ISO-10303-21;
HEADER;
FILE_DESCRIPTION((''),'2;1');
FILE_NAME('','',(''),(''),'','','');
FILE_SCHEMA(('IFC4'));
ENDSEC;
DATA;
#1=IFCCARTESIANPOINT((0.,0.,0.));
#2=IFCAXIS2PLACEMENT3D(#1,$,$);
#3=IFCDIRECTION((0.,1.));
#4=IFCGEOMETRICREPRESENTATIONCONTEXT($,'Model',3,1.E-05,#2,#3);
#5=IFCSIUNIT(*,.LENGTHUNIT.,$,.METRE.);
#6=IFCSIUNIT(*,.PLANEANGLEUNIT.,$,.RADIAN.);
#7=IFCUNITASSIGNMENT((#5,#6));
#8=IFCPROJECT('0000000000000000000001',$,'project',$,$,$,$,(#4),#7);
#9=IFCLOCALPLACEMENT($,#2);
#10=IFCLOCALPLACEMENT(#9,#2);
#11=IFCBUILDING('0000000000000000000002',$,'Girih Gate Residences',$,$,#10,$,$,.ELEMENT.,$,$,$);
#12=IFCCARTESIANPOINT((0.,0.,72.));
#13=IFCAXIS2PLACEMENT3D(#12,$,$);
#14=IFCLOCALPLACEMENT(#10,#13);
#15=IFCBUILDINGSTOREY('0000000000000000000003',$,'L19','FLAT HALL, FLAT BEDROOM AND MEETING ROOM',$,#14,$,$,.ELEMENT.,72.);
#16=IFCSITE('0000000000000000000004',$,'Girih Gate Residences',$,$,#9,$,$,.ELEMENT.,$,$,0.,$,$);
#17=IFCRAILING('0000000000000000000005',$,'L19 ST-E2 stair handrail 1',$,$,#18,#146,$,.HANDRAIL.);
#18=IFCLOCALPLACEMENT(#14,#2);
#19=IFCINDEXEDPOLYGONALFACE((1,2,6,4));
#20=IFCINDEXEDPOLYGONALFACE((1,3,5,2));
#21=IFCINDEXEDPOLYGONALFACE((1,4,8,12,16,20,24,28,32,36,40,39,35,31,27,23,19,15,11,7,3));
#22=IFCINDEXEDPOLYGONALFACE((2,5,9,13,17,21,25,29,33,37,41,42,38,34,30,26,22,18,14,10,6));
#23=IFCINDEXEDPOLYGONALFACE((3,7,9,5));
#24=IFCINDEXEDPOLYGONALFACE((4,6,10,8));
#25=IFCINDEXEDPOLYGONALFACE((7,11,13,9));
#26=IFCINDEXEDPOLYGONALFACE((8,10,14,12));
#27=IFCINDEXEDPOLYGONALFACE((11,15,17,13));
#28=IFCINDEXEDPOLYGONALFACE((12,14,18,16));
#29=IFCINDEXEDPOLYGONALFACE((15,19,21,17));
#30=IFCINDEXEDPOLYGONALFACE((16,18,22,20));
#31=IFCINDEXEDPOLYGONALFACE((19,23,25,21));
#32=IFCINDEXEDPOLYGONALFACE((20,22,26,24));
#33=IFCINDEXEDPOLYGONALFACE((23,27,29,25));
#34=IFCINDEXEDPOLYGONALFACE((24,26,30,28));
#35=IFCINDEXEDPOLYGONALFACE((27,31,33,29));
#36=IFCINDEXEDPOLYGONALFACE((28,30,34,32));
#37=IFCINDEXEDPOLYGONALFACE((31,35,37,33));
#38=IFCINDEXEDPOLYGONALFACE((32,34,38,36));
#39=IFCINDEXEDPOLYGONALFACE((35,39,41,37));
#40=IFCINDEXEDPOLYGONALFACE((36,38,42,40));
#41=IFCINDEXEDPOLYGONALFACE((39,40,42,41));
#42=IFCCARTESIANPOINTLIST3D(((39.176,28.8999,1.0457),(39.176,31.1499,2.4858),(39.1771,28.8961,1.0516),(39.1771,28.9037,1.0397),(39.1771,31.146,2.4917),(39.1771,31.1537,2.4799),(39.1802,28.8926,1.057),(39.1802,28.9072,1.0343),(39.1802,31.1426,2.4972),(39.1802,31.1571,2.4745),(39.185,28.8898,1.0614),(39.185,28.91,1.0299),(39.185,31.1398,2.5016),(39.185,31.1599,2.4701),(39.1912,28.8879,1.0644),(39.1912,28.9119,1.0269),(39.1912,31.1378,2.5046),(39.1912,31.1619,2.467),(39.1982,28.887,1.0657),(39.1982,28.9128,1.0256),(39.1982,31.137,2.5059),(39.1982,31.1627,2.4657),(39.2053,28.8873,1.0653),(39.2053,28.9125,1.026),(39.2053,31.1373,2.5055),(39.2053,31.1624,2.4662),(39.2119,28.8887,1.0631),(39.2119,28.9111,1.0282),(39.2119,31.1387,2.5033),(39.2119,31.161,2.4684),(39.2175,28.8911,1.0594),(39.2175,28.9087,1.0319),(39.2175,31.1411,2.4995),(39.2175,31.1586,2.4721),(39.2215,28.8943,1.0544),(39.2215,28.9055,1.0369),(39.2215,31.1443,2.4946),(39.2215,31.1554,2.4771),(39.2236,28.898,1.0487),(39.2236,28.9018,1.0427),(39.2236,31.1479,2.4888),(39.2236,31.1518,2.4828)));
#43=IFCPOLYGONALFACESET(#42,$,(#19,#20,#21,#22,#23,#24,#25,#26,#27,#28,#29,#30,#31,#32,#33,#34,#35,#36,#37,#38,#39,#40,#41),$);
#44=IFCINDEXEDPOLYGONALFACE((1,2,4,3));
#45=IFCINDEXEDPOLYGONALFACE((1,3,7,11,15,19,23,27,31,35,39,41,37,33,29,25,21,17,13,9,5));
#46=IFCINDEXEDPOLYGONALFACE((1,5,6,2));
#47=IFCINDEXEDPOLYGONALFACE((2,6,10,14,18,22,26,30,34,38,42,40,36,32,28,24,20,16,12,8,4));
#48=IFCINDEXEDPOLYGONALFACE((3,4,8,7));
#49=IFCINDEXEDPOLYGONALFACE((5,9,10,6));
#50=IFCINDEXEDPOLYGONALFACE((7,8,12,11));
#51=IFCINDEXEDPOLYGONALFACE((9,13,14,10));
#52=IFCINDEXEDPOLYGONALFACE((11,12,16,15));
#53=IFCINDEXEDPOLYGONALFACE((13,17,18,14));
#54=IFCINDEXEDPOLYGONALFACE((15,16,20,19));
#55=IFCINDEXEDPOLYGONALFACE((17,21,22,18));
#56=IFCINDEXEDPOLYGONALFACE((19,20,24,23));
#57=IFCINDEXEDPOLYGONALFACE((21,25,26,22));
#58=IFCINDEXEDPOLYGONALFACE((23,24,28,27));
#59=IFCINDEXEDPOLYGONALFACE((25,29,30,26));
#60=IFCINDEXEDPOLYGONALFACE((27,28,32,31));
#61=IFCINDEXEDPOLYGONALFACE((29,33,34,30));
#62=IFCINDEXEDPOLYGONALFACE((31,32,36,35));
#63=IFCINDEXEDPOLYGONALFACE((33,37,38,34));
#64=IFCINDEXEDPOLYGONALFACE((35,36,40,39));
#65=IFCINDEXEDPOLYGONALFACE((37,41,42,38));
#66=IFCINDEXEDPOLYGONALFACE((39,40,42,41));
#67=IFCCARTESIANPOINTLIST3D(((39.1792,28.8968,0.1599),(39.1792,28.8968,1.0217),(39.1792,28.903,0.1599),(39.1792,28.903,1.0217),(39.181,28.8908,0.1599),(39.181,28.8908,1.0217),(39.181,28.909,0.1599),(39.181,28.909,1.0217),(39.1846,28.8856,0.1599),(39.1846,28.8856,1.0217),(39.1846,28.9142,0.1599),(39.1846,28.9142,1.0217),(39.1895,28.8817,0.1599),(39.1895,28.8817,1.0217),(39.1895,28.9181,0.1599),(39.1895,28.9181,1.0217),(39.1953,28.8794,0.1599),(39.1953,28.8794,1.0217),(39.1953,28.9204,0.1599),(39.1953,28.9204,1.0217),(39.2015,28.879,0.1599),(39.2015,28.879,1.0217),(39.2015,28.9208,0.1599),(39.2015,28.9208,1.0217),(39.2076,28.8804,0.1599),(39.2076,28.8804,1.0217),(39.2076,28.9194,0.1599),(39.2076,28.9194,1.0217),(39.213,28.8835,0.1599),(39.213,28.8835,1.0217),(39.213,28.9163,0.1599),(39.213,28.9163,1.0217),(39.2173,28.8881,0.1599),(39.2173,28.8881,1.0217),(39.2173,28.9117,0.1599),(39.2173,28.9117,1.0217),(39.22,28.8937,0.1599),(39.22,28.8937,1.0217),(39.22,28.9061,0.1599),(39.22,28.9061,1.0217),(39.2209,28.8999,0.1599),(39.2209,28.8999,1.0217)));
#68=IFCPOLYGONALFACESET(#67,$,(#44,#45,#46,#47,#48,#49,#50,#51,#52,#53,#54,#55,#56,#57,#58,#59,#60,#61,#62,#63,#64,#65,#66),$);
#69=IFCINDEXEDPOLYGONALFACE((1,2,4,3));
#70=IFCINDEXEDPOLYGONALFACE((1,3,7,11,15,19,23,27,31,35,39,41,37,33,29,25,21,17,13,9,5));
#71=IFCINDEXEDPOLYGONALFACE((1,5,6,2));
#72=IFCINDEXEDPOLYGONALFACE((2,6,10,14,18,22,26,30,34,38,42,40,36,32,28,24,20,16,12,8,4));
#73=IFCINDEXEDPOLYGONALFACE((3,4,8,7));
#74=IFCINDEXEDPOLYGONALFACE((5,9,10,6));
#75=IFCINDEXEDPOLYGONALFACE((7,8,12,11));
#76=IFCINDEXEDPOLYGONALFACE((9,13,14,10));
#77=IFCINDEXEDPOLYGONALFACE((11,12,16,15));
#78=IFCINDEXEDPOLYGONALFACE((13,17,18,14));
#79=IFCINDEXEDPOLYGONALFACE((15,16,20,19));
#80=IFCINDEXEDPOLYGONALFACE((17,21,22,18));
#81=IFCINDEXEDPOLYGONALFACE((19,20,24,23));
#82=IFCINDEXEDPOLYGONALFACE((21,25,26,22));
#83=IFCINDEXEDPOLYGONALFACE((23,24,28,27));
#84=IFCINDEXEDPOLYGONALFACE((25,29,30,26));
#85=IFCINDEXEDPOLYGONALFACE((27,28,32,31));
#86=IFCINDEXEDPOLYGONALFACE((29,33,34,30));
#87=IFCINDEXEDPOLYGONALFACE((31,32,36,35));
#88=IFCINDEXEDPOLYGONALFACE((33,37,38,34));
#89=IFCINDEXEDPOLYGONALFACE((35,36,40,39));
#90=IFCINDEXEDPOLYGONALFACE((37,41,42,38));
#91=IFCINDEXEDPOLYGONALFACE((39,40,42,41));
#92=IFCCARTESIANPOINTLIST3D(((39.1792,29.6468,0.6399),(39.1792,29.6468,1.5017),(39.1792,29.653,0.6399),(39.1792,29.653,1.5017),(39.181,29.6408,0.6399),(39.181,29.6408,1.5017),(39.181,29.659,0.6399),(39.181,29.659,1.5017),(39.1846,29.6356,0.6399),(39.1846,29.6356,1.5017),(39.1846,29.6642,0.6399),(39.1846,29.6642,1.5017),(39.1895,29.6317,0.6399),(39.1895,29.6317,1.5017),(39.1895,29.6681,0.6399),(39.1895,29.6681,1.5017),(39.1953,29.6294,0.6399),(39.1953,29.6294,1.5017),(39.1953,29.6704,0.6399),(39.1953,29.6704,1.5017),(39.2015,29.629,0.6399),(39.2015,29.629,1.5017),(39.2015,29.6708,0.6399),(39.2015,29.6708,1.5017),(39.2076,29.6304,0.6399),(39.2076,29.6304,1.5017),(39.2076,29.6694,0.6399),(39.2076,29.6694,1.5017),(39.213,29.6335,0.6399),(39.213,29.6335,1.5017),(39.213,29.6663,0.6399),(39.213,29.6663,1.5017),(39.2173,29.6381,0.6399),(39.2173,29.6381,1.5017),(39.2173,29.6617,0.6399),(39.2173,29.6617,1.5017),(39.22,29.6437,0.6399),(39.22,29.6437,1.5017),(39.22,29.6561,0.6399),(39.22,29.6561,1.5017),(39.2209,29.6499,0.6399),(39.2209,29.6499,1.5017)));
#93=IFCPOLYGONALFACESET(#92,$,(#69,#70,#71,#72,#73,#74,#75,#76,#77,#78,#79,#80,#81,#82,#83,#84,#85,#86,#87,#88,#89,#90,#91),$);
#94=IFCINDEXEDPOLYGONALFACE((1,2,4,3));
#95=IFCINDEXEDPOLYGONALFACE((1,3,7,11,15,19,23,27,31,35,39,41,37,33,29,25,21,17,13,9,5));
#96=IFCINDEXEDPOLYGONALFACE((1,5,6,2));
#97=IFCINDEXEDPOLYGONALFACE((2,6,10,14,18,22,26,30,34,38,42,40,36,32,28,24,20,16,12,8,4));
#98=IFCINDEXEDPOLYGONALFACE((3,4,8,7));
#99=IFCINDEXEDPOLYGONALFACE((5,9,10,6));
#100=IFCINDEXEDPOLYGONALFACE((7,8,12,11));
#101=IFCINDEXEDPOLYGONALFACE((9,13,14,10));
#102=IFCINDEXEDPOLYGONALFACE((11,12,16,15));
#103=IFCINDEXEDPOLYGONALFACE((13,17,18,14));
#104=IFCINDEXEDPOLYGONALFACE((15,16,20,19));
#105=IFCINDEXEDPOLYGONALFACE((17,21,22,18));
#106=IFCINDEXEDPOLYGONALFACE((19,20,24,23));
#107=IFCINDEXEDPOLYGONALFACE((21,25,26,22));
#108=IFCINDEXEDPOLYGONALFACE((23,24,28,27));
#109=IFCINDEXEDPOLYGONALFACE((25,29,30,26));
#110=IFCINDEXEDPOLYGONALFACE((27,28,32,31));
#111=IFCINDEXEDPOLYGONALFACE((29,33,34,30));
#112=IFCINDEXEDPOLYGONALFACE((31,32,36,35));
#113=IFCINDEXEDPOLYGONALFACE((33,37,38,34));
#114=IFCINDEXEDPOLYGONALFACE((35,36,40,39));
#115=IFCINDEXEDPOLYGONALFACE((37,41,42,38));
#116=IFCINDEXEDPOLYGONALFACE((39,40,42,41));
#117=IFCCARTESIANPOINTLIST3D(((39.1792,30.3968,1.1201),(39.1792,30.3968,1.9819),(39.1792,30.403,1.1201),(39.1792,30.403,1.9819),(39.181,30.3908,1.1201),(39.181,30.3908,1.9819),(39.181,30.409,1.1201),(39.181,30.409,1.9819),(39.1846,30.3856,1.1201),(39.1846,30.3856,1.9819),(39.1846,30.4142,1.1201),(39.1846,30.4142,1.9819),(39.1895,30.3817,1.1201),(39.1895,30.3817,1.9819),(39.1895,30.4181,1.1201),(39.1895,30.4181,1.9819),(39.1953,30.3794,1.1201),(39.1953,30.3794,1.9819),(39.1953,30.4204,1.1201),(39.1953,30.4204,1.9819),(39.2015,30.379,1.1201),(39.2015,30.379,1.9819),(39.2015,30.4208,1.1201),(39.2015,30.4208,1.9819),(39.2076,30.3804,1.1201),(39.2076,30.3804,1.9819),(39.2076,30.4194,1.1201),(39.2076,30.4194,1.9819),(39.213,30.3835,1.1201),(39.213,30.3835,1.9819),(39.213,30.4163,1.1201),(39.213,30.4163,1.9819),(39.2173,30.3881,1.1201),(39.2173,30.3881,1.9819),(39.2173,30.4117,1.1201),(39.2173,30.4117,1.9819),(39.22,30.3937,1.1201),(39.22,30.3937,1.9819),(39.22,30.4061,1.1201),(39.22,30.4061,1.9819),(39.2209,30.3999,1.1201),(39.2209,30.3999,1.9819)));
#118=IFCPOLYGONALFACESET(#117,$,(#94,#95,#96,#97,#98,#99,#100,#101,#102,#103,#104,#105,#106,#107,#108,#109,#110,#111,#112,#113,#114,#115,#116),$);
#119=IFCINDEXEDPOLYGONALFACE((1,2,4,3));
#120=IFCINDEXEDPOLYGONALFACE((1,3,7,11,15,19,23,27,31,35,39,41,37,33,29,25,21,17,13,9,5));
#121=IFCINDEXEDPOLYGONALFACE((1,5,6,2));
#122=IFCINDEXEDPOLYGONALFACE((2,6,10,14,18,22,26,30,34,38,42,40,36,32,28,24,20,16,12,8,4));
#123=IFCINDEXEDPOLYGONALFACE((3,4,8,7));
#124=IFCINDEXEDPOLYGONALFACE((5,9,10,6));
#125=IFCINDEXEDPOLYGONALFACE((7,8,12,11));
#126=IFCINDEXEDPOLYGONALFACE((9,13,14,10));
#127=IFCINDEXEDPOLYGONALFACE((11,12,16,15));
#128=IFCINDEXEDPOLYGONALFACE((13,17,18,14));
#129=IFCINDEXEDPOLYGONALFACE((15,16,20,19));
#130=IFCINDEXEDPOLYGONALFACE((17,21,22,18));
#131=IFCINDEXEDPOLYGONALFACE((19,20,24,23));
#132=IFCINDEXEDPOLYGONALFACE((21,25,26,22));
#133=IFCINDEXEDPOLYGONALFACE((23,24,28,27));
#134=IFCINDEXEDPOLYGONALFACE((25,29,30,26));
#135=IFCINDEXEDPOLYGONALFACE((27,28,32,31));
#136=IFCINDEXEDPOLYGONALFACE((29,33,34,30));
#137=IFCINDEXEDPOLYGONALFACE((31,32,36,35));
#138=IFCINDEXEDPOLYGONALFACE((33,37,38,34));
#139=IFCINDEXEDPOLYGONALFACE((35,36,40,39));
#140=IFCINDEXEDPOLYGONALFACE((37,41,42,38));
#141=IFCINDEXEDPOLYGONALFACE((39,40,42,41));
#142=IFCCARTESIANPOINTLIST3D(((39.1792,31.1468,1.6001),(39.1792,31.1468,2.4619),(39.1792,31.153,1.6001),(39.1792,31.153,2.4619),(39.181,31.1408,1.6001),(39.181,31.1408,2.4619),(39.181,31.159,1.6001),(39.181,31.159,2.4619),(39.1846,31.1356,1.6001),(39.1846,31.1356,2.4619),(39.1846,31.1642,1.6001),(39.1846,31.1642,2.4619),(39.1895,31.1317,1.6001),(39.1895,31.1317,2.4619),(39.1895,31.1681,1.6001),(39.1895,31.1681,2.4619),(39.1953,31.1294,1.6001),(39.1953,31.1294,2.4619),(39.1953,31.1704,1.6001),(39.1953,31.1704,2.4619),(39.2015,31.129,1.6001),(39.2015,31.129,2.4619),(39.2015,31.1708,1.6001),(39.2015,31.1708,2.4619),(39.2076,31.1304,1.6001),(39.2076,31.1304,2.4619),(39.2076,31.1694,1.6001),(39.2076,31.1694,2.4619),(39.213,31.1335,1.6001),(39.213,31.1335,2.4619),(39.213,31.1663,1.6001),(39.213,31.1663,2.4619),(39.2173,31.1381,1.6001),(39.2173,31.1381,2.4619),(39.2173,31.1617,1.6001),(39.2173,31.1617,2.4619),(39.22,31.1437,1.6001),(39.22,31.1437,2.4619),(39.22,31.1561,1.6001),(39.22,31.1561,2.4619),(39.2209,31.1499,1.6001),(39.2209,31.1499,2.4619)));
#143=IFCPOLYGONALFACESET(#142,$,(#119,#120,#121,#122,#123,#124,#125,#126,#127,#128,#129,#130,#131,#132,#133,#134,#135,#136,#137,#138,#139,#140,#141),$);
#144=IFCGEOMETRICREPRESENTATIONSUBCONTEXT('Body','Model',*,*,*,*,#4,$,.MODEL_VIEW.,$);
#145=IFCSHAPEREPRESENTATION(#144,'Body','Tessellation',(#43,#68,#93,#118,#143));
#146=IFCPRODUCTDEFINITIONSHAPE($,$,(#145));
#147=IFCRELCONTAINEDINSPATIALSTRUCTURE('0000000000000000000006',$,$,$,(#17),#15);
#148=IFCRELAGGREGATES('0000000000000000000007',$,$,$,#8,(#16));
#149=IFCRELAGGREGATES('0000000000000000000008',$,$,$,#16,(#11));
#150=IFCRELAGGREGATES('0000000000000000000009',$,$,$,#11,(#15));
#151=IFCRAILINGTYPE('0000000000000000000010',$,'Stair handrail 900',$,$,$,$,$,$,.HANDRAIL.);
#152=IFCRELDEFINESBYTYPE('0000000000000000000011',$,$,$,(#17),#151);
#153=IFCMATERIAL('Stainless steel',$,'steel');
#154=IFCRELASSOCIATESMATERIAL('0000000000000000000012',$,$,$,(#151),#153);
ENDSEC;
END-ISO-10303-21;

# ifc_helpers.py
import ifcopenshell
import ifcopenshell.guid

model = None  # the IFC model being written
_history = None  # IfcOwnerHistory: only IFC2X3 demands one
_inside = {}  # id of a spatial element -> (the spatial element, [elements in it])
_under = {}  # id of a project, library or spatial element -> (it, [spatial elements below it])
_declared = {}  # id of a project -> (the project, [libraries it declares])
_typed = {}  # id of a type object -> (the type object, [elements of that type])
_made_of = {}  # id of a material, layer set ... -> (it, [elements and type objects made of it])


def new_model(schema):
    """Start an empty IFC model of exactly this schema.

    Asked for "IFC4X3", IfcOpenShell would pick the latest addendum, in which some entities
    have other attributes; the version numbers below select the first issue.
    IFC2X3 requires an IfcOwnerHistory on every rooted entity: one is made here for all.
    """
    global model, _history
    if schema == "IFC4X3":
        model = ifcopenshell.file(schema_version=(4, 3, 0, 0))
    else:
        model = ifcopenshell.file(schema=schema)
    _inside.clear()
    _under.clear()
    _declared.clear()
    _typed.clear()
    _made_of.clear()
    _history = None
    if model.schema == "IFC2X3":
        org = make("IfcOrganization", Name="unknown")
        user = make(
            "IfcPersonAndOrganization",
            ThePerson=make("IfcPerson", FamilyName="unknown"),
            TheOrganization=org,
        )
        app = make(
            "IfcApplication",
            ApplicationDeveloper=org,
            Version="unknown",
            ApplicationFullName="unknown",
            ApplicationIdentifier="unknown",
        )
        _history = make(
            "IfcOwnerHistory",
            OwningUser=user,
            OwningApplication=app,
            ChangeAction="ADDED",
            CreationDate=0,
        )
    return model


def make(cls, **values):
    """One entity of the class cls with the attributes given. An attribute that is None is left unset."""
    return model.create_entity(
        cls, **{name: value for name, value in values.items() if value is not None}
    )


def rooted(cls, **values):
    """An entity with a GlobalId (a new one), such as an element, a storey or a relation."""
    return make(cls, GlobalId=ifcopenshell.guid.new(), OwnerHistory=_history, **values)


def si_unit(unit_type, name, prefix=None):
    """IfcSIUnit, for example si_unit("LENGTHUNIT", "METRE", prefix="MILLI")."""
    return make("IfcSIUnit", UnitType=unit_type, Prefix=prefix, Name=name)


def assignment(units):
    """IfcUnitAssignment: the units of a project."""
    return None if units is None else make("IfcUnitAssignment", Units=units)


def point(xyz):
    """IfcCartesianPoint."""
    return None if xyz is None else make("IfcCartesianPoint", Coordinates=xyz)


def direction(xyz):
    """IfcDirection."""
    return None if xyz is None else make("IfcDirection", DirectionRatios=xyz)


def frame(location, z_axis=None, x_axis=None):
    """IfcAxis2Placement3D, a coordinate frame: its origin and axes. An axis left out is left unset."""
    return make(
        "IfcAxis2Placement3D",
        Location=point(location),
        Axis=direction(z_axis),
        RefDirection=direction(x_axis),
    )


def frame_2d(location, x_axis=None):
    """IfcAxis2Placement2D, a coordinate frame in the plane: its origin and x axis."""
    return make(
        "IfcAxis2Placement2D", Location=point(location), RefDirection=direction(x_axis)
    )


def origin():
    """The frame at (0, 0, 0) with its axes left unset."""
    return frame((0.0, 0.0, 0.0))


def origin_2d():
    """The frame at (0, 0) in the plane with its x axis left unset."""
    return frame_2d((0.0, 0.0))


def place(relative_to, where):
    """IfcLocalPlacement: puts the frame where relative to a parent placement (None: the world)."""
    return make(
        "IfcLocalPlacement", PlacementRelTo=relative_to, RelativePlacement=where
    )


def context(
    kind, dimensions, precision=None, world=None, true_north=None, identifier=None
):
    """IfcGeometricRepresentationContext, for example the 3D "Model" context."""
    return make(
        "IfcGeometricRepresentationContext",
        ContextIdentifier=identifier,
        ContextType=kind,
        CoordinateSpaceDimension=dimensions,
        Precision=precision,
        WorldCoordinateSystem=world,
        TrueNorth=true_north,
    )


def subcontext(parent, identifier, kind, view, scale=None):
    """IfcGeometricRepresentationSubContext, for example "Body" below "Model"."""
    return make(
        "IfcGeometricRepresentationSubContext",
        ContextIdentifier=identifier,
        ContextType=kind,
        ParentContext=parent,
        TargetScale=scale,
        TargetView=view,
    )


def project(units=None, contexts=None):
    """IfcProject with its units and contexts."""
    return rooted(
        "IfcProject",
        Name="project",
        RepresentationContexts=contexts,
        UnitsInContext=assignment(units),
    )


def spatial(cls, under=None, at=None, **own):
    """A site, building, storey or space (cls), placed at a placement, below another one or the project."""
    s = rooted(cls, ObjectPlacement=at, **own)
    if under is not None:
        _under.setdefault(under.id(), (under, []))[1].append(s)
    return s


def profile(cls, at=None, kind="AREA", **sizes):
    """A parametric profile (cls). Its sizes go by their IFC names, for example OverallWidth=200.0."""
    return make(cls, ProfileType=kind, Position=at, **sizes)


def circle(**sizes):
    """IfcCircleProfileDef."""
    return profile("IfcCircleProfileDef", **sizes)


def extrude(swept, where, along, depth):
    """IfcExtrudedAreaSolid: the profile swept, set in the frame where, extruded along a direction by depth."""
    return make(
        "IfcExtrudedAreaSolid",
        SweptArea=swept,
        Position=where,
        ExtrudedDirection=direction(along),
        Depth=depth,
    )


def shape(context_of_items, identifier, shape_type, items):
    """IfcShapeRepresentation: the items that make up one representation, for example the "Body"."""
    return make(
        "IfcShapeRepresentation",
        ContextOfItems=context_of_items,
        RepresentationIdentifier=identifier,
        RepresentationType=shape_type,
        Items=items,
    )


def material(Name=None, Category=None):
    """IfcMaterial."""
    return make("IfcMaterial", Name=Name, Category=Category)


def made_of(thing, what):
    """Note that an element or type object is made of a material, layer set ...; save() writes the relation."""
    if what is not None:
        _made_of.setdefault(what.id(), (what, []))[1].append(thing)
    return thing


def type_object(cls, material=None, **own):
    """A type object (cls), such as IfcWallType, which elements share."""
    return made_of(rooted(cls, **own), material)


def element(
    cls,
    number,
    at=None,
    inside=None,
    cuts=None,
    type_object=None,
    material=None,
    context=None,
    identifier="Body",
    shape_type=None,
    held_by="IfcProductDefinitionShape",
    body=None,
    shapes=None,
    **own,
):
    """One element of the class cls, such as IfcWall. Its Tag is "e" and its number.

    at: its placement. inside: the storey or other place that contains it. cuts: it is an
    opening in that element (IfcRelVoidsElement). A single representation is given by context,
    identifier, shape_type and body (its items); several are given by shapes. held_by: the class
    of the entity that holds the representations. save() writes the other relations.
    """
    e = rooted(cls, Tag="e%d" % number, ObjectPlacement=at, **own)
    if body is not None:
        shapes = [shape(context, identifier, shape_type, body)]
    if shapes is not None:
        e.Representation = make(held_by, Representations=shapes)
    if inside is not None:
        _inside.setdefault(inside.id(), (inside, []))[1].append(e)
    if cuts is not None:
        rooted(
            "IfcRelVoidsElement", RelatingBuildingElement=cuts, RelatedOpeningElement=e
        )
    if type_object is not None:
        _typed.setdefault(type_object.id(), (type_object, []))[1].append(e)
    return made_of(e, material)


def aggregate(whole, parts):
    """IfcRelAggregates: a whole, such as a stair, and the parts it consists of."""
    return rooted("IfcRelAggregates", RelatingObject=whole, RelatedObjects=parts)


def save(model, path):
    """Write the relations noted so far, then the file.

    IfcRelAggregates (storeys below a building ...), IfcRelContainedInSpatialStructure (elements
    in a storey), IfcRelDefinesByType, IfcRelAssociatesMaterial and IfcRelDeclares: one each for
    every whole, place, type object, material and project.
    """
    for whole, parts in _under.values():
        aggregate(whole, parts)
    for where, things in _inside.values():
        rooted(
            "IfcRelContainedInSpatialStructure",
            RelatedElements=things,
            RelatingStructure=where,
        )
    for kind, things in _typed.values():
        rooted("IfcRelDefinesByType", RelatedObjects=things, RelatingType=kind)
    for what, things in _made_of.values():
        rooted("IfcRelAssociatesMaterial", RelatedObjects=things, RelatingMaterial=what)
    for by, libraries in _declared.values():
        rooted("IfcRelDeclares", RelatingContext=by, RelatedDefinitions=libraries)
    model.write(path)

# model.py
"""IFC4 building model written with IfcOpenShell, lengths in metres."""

from ifc_helpers import new_model, si_unit, direction, frame, origin, origin_2d, place, context, subcontext, project, spatial, circle, extrude, material, type_object, element, save


model = new_model("IFC4")

# Units and contexts
model_context = context("Model", 3, precision=1e-05, world=origin(), true_north=direction((0.0, 1.0)))
body_context = subcontext(model_context, "Body", "Model", "MODEL_VIEW")
ifc_project = project(units=[si_unit("LENGTHUNIT", "METRE"), si_unit("PLANEANGLEUNIT", "RADIAN")], contexts=[model_context])

# Site, building, storey
site_placement = place(None, origin())
site = spatial("IfcSite", under=ifc_project, at=site_placement, Name="Girih Gate Residences", CompositionType="ELEMENT", RefElevation=0.0)
building_placement = place(site_placement, origin())
building = spatial("IfcBuilding", under=site, at=building_placement, Name="Girih Gate Residences", CompositionType="ELEMENT")
storey_placement = place(building_placement, frame((0.0, 0.0, 72.0)))
storey = spatial("IfcBuildingStorey", under=building, at=storey_placement, Name="L19", Description="FLAT HALL, FLAT BEDROOM AND MEETING ROOM", CompositionType="ELEMENT", Elevation=72.0)

# Railing
ifc_material_1 = material(Name="Stainless steel", Category="steel")
railing_type_1 = type_object("IfcRailingType", Name="Stair handrail 900", PredefinedType="HANDRAIL", material=ifc_material_1)
railing_1_placement = place(storey_placement, frame((39.2, 28.8999, 0.1599)))
element("IfcRailing", 1, at=railing_1_placement, inside=storey, type_object=railing_type_1, Name="L19 ST-E2 stair handrail 1", PredefinedType="HANDRAIL", context=body_context, shape_type="SweptSolid", body=[
    extrude(circle(Radius=0.0239, at=origin_2d()), frame((0.0, 0.0, 0.8857), z_axis=(0.0, 0.84224, 0.539103), x_axis=(-1.0, 0.0, 0.0)), (0.0, 0.0, 1.0), 2.6714),
    extrude(circle(Radius=0.021, at=origin_2d()), origin(), (0.0, 0.0, 1.0), 0.8618),
    extrude(circle(Radius=0.021, at=origin_2d()), frame((0.0, 0.75, 0.48)), (0.0, 0.0, 1.0), 0.8618),
    extrude(circle(Radius=0.021, at=origin_2d()), frame((0.0, 1.5, 0.9602)), (0.0, 0.0, 1.0), 0.8618),
    extrude(circle(Radius=0.021, at=origin_2d()), frame((0.0, 2.25, 1.4402)), (0.0, 0.0, 1.0), 0.8618),
])

save(model, "model.ifc")
